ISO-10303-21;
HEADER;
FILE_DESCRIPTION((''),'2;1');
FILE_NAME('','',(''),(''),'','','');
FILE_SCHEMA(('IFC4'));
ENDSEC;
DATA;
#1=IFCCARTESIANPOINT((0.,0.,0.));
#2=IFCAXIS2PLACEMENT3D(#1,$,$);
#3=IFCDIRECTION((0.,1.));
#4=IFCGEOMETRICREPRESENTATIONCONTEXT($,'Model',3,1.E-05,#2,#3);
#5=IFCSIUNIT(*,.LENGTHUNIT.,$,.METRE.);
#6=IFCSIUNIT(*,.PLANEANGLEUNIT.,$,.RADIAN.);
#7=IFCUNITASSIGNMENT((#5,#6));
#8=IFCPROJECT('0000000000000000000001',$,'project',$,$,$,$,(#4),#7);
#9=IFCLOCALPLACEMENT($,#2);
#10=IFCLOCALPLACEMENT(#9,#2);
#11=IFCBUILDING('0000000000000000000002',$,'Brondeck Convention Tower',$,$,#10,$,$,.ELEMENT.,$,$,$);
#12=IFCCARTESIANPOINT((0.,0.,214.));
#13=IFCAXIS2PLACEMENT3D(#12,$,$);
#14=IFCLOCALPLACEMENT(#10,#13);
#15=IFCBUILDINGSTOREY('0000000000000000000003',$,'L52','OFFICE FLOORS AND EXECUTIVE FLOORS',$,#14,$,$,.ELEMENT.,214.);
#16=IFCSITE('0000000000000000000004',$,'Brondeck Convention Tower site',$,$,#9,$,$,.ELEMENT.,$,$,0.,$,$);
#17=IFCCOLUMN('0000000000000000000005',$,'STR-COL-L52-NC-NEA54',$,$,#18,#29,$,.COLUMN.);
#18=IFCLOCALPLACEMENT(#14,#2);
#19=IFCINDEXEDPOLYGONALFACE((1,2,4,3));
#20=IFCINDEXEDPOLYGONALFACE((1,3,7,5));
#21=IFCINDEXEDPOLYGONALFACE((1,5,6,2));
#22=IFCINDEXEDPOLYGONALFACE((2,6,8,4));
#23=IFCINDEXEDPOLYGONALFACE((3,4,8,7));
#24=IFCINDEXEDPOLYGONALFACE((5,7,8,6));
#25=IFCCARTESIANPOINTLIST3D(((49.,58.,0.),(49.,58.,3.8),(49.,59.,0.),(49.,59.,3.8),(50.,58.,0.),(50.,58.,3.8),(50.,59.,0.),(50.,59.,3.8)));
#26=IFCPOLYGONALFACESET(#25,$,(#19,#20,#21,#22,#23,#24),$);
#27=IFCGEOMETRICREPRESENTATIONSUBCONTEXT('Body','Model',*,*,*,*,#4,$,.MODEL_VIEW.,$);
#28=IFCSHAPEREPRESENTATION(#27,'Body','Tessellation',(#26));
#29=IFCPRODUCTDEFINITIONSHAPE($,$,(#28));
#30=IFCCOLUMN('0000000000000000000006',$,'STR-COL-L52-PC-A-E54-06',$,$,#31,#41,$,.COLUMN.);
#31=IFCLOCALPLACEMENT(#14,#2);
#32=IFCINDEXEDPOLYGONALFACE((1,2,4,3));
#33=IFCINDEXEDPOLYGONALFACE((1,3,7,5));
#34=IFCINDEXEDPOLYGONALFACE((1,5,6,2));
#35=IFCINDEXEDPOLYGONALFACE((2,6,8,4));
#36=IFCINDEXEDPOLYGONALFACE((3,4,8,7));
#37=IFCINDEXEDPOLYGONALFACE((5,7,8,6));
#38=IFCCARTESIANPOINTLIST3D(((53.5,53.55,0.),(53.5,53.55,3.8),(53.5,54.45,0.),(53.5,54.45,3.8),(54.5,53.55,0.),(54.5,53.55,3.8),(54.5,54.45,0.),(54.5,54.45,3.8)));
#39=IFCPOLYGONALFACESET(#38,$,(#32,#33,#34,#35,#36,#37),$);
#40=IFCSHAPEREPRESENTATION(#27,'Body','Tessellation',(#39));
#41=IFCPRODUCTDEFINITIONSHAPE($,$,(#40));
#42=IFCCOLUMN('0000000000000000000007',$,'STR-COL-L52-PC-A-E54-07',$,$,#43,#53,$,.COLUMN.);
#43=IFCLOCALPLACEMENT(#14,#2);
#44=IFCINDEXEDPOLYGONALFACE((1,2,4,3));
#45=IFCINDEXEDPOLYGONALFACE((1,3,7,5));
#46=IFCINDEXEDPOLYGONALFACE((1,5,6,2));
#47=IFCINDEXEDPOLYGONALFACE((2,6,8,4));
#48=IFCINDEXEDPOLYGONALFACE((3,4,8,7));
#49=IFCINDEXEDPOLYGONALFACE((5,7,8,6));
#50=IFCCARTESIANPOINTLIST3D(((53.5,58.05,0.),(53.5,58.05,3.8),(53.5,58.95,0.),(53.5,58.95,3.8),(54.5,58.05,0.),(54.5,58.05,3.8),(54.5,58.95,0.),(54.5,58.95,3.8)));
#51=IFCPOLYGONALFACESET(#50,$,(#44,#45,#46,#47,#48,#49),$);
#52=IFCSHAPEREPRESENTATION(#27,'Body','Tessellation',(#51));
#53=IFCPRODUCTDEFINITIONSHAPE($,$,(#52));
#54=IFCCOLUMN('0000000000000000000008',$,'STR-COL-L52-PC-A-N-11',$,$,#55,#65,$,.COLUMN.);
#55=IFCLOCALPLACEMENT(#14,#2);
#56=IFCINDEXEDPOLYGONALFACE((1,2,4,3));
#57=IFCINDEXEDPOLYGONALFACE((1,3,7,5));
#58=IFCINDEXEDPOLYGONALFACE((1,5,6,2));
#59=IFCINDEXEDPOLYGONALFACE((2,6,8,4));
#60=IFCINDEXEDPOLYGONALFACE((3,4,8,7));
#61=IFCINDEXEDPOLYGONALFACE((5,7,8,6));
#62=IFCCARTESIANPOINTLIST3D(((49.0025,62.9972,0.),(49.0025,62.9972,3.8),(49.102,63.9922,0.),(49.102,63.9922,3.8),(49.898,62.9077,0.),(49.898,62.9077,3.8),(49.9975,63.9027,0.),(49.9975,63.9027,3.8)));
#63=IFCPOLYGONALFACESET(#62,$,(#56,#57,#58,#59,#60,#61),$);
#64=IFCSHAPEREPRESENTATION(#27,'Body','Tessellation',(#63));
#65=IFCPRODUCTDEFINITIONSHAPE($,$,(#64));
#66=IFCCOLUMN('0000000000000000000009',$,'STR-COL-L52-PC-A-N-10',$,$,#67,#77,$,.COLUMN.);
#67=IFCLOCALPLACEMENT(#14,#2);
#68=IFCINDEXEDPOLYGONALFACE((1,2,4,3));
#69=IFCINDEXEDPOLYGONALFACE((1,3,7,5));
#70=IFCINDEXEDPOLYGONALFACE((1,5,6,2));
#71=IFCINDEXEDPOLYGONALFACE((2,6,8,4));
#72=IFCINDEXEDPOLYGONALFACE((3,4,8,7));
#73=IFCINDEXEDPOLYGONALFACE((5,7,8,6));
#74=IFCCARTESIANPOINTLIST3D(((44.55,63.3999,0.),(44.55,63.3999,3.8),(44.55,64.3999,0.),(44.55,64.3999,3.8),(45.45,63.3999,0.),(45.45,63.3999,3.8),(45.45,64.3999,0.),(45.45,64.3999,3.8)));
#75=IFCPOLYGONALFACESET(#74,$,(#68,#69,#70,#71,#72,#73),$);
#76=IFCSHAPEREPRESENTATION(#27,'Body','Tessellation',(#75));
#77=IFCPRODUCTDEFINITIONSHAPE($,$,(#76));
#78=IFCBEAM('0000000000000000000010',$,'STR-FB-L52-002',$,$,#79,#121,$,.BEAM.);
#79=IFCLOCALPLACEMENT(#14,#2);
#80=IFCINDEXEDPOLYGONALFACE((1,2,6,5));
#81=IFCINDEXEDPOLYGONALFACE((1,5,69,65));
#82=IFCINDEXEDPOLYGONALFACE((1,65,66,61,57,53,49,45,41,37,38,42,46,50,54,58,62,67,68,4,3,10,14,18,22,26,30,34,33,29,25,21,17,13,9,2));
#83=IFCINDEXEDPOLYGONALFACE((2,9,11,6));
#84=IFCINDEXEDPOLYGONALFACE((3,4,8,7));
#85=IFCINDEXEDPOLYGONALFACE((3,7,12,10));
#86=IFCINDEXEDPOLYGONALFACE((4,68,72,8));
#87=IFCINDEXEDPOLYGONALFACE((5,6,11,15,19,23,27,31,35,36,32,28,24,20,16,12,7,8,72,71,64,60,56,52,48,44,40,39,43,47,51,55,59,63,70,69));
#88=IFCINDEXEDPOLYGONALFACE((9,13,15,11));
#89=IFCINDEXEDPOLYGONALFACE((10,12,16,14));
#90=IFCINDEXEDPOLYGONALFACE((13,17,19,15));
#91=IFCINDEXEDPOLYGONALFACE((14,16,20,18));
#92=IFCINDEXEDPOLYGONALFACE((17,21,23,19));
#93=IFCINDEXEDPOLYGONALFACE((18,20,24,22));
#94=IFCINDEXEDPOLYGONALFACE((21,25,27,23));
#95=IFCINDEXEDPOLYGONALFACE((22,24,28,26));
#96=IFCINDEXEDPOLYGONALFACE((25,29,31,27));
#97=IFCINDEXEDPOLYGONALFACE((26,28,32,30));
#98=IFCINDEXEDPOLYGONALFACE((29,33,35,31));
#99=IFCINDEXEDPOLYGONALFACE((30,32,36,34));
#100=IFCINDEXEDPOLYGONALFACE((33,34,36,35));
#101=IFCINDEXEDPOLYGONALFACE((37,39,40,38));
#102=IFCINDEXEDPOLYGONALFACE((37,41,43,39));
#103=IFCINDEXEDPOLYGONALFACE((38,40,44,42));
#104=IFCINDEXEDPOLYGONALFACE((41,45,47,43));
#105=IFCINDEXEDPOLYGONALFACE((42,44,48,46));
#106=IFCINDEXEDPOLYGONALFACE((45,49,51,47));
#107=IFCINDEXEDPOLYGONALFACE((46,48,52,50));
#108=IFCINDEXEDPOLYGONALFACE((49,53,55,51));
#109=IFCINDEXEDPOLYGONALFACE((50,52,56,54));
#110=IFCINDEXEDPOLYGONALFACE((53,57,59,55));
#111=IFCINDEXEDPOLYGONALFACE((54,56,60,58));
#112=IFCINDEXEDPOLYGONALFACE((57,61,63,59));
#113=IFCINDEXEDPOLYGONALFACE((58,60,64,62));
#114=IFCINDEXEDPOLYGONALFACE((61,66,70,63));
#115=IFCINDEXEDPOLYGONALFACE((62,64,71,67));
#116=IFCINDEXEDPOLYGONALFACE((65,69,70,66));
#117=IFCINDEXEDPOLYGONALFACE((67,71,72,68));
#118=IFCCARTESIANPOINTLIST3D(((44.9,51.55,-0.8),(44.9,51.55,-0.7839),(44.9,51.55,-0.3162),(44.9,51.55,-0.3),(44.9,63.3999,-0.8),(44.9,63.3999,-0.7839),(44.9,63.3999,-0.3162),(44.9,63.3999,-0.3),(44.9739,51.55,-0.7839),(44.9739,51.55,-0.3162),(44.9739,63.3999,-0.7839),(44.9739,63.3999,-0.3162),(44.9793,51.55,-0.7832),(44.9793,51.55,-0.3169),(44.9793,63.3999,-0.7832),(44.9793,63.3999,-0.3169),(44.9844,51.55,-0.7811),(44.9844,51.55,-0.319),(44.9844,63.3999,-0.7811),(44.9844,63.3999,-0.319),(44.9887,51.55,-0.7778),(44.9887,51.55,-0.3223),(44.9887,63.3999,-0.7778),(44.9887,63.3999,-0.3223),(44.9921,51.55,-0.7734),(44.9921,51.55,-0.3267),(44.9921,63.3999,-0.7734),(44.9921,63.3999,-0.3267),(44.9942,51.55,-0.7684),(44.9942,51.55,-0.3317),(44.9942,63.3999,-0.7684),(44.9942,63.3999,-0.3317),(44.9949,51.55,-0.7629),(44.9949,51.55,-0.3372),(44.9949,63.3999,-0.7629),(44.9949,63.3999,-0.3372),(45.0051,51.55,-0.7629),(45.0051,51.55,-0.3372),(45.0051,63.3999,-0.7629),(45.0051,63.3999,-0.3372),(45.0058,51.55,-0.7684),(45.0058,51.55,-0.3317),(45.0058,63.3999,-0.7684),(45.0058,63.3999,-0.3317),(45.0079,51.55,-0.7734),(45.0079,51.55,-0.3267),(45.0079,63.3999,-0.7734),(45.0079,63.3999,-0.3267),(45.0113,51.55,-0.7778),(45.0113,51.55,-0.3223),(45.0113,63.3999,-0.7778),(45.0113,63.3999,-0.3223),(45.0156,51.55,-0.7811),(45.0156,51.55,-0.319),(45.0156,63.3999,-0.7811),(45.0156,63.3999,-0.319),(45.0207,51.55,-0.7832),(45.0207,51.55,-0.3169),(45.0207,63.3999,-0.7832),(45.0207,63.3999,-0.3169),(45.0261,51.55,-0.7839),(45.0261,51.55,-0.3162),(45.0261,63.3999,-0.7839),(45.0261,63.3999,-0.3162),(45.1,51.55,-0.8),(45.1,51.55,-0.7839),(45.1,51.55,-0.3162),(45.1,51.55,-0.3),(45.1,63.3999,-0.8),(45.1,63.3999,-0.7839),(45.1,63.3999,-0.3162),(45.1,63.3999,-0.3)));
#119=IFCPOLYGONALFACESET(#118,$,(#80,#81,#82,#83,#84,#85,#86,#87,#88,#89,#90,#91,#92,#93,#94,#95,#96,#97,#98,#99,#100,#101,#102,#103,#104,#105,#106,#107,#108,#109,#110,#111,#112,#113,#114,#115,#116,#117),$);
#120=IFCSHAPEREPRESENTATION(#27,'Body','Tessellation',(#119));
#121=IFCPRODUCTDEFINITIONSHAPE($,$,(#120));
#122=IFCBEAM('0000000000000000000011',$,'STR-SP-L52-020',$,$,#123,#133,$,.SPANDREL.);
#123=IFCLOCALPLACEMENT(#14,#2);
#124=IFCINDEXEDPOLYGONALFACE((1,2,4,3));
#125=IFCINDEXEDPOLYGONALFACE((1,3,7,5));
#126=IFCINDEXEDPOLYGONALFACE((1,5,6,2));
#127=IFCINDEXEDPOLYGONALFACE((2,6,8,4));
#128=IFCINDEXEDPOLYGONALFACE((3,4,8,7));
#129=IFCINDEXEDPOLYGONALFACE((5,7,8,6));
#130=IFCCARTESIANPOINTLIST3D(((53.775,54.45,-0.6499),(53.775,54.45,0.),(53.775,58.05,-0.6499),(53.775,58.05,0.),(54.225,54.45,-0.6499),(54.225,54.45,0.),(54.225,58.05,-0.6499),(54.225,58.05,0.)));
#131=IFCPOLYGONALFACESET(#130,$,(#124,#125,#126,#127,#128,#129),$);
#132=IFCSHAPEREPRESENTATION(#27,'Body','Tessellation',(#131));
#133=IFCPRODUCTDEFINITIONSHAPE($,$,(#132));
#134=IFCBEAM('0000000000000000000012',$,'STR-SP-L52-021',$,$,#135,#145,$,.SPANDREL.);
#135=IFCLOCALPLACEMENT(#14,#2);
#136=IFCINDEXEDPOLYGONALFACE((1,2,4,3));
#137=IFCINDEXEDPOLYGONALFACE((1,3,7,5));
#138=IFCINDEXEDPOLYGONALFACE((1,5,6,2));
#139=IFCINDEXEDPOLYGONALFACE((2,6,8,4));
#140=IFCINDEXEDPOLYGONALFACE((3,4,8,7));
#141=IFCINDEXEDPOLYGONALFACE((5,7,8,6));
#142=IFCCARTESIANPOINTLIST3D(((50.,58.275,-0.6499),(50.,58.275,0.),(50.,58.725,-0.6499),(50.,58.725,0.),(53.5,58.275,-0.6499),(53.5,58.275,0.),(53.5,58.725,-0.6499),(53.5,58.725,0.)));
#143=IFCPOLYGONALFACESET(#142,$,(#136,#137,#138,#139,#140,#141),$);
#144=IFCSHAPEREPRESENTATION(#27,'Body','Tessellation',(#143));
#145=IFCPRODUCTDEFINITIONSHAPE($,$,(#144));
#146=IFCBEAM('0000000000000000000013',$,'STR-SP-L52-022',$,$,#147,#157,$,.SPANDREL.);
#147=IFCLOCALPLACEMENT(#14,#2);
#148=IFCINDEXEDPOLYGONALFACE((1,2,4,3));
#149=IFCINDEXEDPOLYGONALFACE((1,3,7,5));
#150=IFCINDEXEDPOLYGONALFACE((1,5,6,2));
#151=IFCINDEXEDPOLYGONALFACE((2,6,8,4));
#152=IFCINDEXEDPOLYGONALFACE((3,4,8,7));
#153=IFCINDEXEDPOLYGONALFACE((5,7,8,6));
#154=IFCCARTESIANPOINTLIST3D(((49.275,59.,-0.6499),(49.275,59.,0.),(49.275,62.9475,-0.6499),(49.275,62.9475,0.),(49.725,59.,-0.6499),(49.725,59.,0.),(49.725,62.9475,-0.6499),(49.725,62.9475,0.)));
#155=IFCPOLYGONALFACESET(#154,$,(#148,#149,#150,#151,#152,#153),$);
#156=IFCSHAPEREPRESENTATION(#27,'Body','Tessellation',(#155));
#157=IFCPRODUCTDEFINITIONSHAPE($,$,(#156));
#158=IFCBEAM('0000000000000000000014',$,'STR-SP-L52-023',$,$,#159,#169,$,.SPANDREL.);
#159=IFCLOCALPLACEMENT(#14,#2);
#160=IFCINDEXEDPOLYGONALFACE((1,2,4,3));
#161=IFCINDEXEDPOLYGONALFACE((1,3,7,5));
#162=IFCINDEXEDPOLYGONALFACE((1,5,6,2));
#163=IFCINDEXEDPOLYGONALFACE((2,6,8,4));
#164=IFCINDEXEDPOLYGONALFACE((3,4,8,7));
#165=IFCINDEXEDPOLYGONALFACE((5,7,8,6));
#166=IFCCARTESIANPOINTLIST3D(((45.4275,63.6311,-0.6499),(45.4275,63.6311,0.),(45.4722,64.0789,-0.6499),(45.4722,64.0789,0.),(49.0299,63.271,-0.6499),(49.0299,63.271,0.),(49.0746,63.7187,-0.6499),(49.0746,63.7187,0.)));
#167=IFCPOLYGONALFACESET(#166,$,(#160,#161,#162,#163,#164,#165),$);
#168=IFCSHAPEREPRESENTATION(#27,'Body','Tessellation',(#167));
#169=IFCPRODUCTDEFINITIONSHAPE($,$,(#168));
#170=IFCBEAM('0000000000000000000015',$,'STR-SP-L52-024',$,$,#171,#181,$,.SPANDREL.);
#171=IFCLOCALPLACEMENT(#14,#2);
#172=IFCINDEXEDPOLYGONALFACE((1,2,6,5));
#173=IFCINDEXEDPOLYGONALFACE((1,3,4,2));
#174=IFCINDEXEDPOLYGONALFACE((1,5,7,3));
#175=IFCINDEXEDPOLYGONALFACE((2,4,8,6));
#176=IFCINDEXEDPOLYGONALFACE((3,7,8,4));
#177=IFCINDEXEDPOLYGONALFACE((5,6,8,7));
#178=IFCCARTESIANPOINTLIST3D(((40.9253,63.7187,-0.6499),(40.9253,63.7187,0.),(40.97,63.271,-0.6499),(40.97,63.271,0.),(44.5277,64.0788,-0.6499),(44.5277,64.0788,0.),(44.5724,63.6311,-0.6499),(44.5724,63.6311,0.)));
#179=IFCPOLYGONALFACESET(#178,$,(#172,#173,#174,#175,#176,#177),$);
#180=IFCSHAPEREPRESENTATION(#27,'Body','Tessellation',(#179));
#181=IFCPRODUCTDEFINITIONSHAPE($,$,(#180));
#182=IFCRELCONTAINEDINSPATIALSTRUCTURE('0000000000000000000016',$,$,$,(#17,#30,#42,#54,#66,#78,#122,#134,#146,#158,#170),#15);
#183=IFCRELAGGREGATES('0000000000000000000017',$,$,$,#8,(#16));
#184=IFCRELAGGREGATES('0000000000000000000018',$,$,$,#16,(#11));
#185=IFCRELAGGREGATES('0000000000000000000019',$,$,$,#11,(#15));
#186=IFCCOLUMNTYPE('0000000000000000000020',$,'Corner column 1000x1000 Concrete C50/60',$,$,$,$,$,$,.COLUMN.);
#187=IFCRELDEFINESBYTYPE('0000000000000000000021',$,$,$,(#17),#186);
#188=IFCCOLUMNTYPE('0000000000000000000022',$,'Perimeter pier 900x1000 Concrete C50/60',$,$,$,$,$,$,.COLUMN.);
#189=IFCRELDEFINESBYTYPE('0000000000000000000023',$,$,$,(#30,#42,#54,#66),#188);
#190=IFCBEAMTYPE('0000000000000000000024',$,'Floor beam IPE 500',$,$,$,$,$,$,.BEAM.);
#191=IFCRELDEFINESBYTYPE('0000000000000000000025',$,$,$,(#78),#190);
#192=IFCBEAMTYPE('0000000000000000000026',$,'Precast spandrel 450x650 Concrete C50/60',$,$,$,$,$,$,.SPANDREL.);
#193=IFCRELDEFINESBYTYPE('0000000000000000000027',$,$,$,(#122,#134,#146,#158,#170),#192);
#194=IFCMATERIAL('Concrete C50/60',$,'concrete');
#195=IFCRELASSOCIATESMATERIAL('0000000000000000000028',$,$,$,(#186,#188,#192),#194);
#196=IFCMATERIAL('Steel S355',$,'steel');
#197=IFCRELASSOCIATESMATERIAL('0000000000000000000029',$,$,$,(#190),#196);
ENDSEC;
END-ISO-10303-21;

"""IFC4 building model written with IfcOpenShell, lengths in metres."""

from ifc_helpers import new_model, si_unit, direction, frame, origin, origin_2d, place, context, subcontext, project, spatial, rectangle, i_section, extrude, material, material_profile, profile_set, type_object, element, save


model = new_model("IFC4")

# Units and contexts
model_context = context("Model", 3, precision=1e-05, world=origin(), true_north=direction((0.0, 1.0)))
body_context = subcontext(model_context, "Body", "Model", "MODEL_VIEW")
ifc_project = project(units=[si_unit("LENGTHUNIT", "METRE"), si_unit("PLANEANGLEUNIT", "RADIAN")], contexts=[model_context])

# Site, building, storey
site_placement = place(None, origin())
site = spatial("IfcSite", under=ifc_project, at=site_placement, Name="Brondeck Convention Tower site", CompositionType="ELEMENT", RefElevation=0.0)
building_placement = place(site_placement, origin())
building = spatial("IfcBuilding", under=site, at=building_placement, Name="Brondeck Convention Tower", CompositionType="ELEMENT")
storey_placement = place(building_placement, frame((0.0, 0.0, 214.0)))
storey = spatial("IfcBuildingStorey", under=building, at=storey_placement, Name="L52", Description="OFFICE FLOORS AND EXECUTIVE FLOORS", CompositionType="ELEMENT", Elevation=214.0)

# Columns
ifc_material_1 = material(Name="Concrete C50/60", Category="concrete")
ifc_material_profile_1 = material_profile(ifc_material_1, rectangle(XDim=1.0, YDim=1.0, at=origin_2d()), Name="Corner column 1000x1000 Concrete C50/60")
ifc_profile_set_1 = profile_set([ifc_material_profile_1], Name="Concrete C50/60")
column_type_1 = type_object("IfcColumnType", Name="Corner column 1000x1000 Concrete C50/60", PredefinedType="COLUMN", material=ifc_profile_set_1)
column_placement = place(storey_placement, frame((49.5, 58.5, 0.0), z_axis=(0.0, 0.0, 1.0), x_axis=(1.0, 0.0, 0.0)))
element("IfcColumn", 1, at=column_placement, inside=storey, type_object=column_type_1, Name="STR-COL-L52-NC-NEA54", PredefinedType="COLUMN", context=body_context, shape_type="SweptSolid", body=[
    extrude(rectangle(XDim=1.0, YDim=1.0, at=origin_2d()), origin(), (0.0, 0.0, 1.0), 3.8),
])
ifc_material_profile_2 = material_profile(ifc_material_1, rectangle(XDim=0.8999, YDim=1.0, at=origin_2d()), Name="Perimeter pier 900x1000 Concrete C50/60")
ifc_profile_set_2 = profile_set([ifc_material_profile_2], Name="Concrete C50/60")
column_type_2 = type_object("IfcColumnType", Name="Perimeter pier 900x1000 Concrete C50/60", PredefinedType="COLUMN", material=ifc_profile_set_2)
for number, where, z_axis, x_axis, name in (
    (2, (54.0, 54.0, 0.0), (0.0, 0.0, 1.0), (0.0, 1.0, 0.0), "STR-COL-L52-PC-A-E54-06"),
    (3, (54.0, 58.5, 0.0), (0.0, 0.0, 1.0), (0.0, 1.0, 0.0), "STR-COL-L52-PC-A-E54-07"),
    (4, (49.5, 63.45, 0.0), (0.0, 0.0, 1.0), (-0.995037, 0.099504, 0.0), "STR-COL-L52-PC-A-N-11"),
    (5, (45.0, 63.8999, 0.0), (0.0, 0.0, 1.0), (-1.0, 0.0, 0.0), "STR-COL-L52-PC-A-N-10"),
):
    element("IfcColumn", number, at=place(storey_placement, frame(where, z_axis=z_axis, x_axis=x_axis)), inside=storey, type_object=column_type_2, Name=name, PredefinedType="COLUMN", context=body_context, shape_type="SweptSolid", body=[
        extrude(rectangle(XDim=0.8999, YDim=1.0, at=origin_2d()), origin(), (0.0, 0.0, 1.0), 3.8),
    ])

# Beams
ifc_material_2 = material(Name="Steel S355", Category="steel")
ifc_material_profile_3 = material_profile(ifc_material_2, i_section(OverallWidth=0.2, OverallDepth=0.5, WebThickness=0.0103, FlangeThickness=0.0161, FilletRadius=0.021, at=origin_2d()), Name="IPE 500")
ifc_profile_set_3 = profile_set([ifc_material_profile_3], Name="Steel S355")
beam_type_1 = type_object("IfcBeamType", Name="Floor beam IPE 500", PredefinedType="BEAM", material=ifc_profile_set_3)
beam_1_placement = place(storey_placement, frame((45.0, 51.55, -0.55), z_axis=(0.0, 1.0, 0.0), x_axis=(-1.0, 0.0, 0.0)))
element("IfcBeam", 6, at=beam_1_placement, inside=storey, type_object=beam_type_1, Name="STR-FB-L52-002", PredefinedType="BEAM", context=body_context, shape_type="SweptSolid", body=[
    extrude(i_section(OverallWidth=0.2, OverallDepth=0.5, WebThickness=0.0103, FlangeThickness=0.0161, FilletRadius=0.021, at=origin_2d()), origin(), (0.0, 0.0, 1.0), 11.8499),
])
ifc_material_profile_4 = material_profile(ifc_material_1, rectangle(XDim=0.45, YDim=0.6499, at=origin_2d()), Name="Precast spandrel 450x650 Concrete C50/60")
ifc_profile_set_4 = profile_set([ifc_material_profile_4], Name="Concrete C50/60")
beam_type_2 = type_object("IfcBeamType", Name="Precast spandrel 450x650 Concrete C50/60", PredefinedType="SPANDREL", material=ifc_profile_set_4)
beam_2_placement = place(storey_placement, frame((54.0, 54.45, -0.325), z_axis=(0.0, 1.0, 0.0), x_axis=(-1.0, 0.0, 0.0)))
element("IfcBeam", 7, at=beam_2_placement, inside=storey, type_object=beam_type_2, Name="STR-SP-L52-020", PredefinedType="SPANDREL", context=body_context, shape_type="SweptSolid", body=[
    extrude(rectangle(XDim=0.45, YDim=0.6499, at=origin_2d()), origin(), (0.0, 0.0, 1.0), 3.6001),
])
beam_3_placement = place(storey_placement, frame((53.5, 58.5, -0.325), z_axis=(-1.0, 0.0, 0.0), x_axis=(0.0, -1.0, 0.0)))
element("IfcBeam", 8, at=beam_3_placement, inside=storey, type_object=beam_type_2, Name="STR-SP-L52-021", PredefinedType="SPANDREL", context=body_context, shape_type="SweptSolid", body=[
    extrude(rectangle(XDim=0.45, YDim=0.6499, at=origin_2d()), origin(), (0.0, 0.0, 1.0), 3.5),
])
beam_4_placement = place(storey_placement, frame((49.5, 59.0, -0.325), z_axis=(0.0, 1.0, 0.0), x_axis=(-1.0, 0.0, 0.0)))
element("IfcBeam", 9, at=beam_4_placement, inside=storey, type_object=beam_type_2, Name="STR-SP-L52-022", PredefinedType="SPANDREL", context=body_context, shape_type="SweptSolid", body=[
    extrude(rectangle(XDim=0.45, YDim=0.6499, at=origin_2d()), origin(), (0.0, 0.0, 1.0), 3.9475),
])
for number, where, z_axis, x_axis, name in (
    (10, (49.0522, 63.4949, -0.325), (-0.995041, 0.09947, 0.0), (-0.09947, -0.995041, 0.0), "STR-SP-L52-023"),
    (11, (44.55, 63.855, -0.325), (-0.995041, -0.09947, 0.0), (0.09947, -0.995041, 0.0), "STR-SP-L52-024"),
):
    element("IfcBeam", number, at=place(storey_placement, frame(where, z_axis=z_axis, x_axis=x_axis)), inside=storey, type_object=beam_type_2, Name=name, PredefinedType="SPANDREL", context=body_context, shape_type="SweptSolid", body=[
        extrude(rectangle(XDim=0.45, YDim=0.6499, at=origin_2d()), origin(), (0.0, 0.0, 1.0), 3.6204),
    ])

save(model, "model.ifc")
